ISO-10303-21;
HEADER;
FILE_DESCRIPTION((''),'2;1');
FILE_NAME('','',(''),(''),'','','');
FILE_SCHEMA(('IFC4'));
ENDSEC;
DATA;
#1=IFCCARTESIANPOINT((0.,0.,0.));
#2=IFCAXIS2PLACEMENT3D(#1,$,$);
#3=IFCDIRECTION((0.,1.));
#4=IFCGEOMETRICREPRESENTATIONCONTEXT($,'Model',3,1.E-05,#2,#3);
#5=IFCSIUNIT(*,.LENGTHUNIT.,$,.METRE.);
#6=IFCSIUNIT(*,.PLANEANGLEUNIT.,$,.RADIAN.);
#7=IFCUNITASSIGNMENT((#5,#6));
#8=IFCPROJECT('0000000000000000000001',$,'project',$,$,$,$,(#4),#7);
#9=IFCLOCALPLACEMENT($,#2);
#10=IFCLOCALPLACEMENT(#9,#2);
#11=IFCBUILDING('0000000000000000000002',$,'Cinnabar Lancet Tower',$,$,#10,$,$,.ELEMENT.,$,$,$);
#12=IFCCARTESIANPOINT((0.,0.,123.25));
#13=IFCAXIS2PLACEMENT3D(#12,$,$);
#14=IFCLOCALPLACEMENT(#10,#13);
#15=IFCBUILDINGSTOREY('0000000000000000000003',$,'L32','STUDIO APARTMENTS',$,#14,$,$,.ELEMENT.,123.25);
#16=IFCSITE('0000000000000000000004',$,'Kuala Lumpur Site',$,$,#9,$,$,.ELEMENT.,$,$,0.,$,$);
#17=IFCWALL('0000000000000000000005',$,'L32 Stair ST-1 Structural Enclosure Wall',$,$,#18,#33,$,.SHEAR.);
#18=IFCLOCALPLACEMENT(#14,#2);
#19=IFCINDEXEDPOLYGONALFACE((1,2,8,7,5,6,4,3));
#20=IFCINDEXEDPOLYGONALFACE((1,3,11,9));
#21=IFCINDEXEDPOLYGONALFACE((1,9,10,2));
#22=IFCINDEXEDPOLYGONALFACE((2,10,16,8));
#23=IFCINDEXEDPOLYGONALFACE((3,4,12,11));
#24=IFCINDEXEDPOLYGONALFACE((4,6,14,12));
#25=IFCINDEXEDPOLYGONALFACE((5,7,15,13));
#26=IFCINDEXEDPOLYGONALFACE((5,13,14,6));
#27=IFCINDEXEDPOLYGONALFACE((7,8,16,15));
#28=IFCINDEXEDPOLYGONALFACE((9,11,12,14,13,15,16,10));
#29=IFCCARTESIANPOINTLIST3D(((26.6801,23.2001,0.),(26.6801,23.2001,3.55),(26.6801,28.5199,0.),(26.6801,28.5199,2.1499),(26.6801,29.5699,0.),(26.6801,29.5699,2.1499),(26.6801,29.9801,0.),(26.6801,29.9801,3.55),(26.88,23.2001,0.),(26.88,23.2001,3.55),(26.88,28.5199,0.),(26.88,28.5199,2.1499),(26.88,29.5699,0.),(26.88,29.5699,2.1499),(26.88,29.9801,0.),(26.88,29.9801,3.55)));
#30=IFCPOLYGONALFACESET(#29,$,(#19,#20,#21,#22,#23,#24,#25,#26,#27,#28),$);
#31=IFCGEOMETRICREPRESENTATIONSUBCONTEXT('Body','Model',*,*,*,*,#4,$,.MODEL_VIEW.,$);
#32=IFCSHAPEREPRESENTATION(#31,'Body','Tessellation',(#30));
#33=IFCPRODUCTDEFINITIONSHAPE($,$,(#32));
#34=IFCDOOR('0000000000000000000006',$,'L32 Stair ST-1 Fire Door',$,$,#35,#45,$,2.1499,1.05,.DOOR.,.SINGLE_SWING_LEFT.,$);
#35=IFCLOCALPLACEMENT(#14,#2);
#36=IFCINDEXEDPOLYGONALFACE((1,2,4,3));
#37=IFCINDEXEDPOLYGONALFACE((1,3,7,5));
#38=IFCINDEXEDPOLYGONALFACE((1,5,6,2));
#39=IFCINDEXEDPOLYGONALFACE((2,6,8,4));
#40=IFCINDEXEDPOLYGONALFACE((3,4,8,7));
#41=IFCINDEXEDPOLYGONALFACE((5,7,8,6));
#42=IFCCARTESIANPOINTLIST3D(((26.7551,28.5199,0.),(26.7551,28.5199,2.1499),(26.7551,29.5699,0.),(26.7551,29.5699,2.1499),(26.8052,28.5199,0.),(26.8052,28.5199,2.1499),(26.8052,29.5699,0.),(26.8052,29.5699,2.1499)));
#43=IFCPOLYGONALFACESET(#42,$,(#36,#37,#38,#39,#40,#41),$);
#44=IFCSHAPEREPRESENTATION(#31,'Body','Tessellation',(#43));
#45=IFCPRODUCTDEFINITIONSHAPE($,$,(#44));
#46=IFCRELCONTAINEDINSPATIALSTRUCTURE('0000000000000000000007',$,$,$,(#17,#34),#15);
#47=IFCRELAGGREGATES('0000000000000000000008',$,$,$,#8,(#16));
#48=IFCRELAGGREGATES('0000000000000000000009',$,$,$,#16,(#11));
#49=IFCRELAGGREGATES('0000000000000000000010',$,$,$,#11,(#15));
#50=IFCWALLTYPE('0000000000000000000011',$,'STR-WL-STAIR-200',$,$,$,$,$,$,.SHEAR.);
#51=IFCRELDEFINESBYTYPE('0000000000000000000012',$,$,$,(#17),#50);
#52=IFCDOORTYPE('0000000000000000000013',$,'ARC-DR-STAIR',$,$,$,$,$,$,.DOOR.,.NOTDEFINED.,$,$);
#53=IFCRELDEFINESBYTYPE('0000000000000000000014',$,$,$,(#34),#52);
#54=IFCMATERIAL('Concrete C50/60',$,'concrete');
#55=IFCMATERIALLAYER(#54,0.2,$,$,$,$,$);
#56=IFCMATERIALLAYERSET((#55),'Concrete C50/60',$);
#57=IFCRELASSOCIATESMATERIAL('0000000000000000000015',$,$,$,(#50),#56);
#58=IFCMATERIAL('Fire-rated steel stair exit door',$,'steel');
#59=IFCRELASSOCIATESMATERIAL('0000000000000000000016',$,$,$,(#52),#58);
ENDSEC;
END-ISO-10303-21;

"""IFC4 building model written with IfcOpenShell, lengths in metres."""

from ifc_helpers import new_model, si_unit, direction, frame, frame_2d, origin, place, context, subcontext, project, spatial, rectangle, extrude, material, layer, layer_set, type_object, element, fill, save


model = new_model("IFC4")

# Units and contexts
model_context = context("Model", 3, precision=1e-05, world=origin(), true_north=direction((0.0, 1.0)))
body_context = subcontext(model_context, "Body", "Model", "MODEL_VIEW")
ifc_project = project(units=[si_unit("LENGTHUNIT", "METRE"), si_unit("PLANEANGLEUNIT", "RADIAN")], contexts=[model_context])

# Site, building, storey
site_placement = place(None, origin())
site = spatial("IfcSite", under=ifc_project, at=site_placement, Name="Kuala Lumpur Site", CompositionType="ELEMENT", RefElevation=0.0)
building_placement = place(site_placement, origin())
building = spatial("IfcBuilding", under=site, at=building_placement, Name="Cinnabar Lancet Tower", CompositionType="ELEMENT")
storey_placement = place(building_placement, frame((0.0, 0.0, 123.25)))
storey = spatial("IfcBuildingStorey", under=building, at=storey_placement, Name="L32", Description="STUDIO APARTMENTS", CompositionType="ELEMENT", Elevation=123.25)

# Wall, opening, door
ifc_material_1 = material(Name="Concrete C50/60", Category="concrete")
ifc_layer_1 = layer(ifc_material_1, 0.2)
ifc_layer_set_1 = layer_set([ifc_layer_1], Name="Concrete C50/60")
wall_type_1 = type_object("IfcWallType", Name="STR-WL-STAIR-200", PredefinedType="SHEAR", material=ifc_layer_set_1)
wall_1_placement = place(storey_placement, frame((26.78, 23.2, 0.0), z_axis=(0.0, 0.0, 1.0), x_axis=(0.0, 1.0, 0.0)))
wall_1 = element("IfcWall", 1, at=wall_1_placement, inside=storey, type_object=wall_type_1, Name="L32 Stair ST-1 Structural Enclosure Wall", PredefinedType="SHEAR", context=body_context, shape_type="SweptSolid", body=[
    extrude(rectangle(XDim=6.78, YDim=0.2, at=frame_2d((3.3901, 0.0))), origin(), (0.0, 0.0, 1.0), 3.55),
])
opening_1_placement = place(wall_1_placement, frame((5.3201, 0.0, 0.0)))
opening_1 = element("IfcOpeningElement", 2, at=opening_1_placement, cuts=wall_1, PredefinedType="OPENING", context=body_context, shape_type="SweptSolid", body=[
    extrude(rectangle(XDim=1.05, YDim=2.1499, at=frame_2d((0.5249, 1.075))), frame((0.0, 0.1099, 0.0), z_axis=(0.0, -1.0, 0.0), x_axis=(1.0, 0.0, 0.0)), (0.0, 0.0, 1.0), 0.22),
])
ifc_material_2 = material(Name="Fire-rated steel stair exit door", Category="steel")
door_type_1 = type_object("IfcDoorType", Name="ARC-DR-STAIR", OperationType="NOTDEFINED", PredefinedType="DOOR", material=ifc_material_2)
door_1_placement = place(opening_1_placement, origin())
door_1 = element("IfcDoor", 3, at=door_1_placement, inside=storey, type_object=door_type_1, Name="L32 Stair ST-1 Fire Door", OperationType="SINGLE_SWING_LEFT", OverallHeight=2.1499, OverallWidth=1.05, PredefinedType="DOOR", context=body_context, shape_type="SweptSolid", body=[
    extrude(rectangle(XDim=1.05, YDim=2.1499, at=frame_2d((0.5249, 1.075))), frame((0.0, 0.0249, 0.0), z_axis=(0.0, -1.0, 0.0), x_axis=(1.0, 0.0, 0.0)), (0.0, 0.0, 1.0), 0.05),
])
fill(opening_1, door_1)

save(model, "model.ifc")
